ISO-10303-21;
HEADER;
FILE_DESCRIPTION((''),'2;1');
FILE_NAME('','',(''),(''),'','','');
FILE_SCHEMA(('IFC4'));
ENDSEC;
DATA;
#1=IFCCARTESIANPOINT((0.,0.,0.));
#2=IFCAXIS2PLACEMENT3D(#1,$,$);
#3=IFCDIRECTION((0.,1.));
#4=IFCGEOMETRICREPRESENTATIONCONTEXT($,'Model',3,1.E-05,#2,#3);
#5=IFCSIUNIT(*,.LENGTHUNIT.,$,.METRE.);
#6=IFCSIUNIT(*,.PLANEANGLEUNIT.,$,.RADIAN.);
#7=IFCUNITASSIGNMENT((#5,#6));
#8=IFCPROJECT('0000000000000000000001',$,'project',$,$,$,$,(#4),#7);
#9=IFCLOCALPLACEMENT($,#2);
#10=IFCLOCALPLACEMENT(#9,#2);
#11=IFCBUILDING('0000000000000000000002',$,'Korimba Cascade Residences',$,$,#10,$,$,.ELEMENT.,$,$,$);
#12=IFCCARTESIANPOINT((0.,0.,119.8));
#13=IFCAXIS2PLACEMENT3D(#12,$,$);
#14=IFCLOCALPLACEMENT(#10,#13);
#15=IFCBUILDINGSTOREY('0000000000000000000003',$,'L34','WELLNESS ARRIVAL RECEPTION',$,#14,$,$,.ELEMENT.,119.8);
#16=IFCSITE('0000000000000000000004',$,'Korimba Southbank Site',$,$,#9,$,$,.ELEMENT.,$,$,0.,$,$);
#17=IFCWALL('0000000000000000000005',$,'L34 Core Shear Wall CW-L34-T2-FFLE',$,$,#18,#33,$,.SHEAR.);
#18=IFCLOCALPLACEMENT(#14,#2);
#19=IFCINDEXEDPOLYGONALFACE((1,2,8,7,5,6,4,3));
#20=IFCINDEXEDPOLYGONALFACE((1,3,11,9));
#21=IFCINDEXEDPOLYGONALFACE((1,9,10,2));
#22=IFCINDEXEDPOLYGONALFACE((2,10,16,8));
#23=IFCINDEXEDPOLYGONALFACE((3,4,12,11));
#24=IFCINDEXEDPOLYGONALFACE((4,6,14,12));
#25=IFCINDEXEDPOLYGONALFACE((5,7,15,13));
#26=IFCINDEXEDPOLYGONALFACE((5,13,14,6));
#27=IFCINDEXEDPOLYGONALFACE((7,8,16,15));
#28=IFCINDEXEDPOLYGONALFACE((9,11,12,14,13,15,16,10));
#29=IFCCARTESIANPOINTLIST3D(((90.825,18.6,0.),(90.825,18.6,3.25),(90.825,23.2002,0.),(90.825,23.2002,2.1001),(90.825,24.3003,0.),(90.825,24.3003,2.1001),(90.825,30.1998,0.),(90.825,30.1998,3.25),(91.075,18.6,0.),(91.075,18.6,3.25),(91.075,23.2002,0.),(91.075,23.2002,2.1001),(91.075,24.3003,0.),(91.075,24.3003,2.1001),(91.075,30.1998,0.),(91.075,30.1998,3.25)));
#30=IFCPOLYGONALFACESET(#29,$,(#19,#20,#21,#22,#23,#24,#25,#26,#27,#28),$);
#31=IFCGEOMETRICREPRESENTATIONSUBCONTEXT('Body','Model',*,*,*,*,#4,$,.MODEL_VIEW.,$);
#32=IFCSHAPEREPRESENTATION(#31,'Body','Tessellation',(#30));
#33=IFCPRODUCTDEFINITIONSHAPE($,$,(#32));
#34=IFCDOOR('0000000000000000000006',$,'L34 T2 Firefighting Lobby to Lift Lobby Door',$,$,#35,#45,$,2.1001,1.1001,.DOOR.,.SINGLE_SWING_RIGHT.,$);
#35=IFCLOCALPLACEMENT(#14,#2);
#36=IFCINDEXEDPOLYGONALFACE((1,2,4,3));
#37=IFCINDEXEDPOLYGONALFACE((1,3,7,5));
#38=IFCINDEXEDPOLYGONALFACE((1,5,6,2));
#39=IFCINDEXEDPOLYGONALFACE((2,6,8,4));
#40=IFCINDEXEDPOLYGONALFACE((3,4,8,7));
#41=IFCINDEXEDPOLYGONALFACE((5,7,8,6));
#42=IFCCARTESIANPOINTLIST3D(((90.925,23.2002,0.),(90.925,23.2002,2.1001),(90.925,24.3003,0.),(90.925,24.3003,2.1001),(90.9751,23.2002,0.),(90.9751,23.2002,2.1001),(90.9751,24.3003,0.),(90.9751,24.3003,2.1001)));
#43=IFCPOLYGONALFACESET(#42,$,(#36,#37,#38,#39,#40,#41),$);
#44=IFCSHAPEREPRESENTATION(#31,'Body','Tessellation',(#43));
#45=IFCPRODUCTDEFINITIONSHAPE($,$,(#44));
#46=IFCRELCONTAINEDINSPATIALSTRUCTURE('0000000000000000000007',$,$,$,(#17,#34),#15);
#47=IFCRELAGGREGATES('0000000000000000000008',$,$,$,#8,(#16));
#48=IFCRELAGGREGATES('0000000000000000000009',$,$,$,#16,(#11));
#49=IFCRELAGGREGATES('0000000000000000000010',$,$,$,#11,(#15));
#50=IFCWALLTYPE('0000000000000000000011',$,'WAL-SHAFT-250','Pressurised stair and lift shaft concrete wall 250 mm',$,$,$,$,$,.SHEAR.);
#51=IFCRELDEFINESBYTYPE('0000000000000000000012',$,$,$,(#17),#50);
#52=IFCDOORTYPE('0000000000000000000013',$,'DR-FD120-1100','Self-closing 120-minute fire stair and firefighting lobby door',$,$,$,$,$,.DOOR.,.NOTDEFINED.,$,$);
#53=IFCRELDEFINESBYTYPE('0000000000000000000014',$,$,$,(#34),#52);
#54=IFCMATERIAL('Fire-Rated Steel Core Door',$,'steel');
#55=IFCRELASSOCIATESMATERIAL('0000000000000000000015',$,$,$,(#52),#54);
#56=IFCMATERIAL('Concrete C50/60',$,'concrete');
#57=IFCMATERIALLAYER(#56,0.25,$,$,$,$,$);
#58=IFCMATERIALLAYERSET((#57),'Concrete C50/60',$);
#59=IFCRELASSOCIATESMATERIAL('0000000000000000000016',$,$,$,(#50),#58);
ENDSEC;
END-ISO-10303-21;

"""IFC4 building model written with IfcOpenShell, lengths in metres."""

from ifc_helpers import new_model, si_unit, direction, frame, frame_2d, origin, place, context, subcontext, project, spatial, rectangle, extrude, material, layer, layer_set, type_object, element, fill, save


model = new_model("IFC4")

# Units and contexts
model_context = context("Model", 3, precision=1e-05, world=origin(), true_north=direction((0.0, 1.0)))
body_context = subcontext(model_context, "Body", "Model", "MODEL_VIEW")
ifc_project = project(units=[si_unit("LENGTHUNIT", "METRE"), si_unit("PLANEANGLEUNIT", "RADIAN")], contexts=[model_context])

# Site, building, storey
site_placement = place(None, origin())
site = spatial("IfcSite", under=ifc_project, at=site_placement, Name="Korimba Southbank Site", CompositionType="ELEMENT", RefElevation=0.0)
building_placement = place(site_placement, origin())
building = spatial("IfcBuilding", under=site, at=building_placement, Name="Korimba Cascade Residences", CompositionType="ELEMENT")
storey_placement = place(building_placement, frame((0.0, 0.0, 119.8)))
storey = spatial("IfcBuildingStorey", under=building, at=storey_placement, Name="L34", Description="WELLNESS ARRIVAL RECEPTION", CompositionType="ELEMENT", Elevation=119.8)

# Shared definitions
ifc_material_1 = material(Name="Fire-Rated Steel Core Door", Category="steel")
door_type_1 = type_object("IfcDoorType", Name="DR-FD120-1100", Description="Self-closing 120-minute fire stair and firefighting lobby door", OperationType="NOTDEFINED", PredefinedType="DOOR", material=ifc_material_1)

# Shared definitions
ifc_material_2 = material(Name="Concrete C50/60", Category="concrete")
ifc_layer_1 = layer(ifc_material_2, 0.25)
ifc_layer_set_1 = layer_set([ifc_layer_1], Name="Concrete C50/60")
wall_type_1 = type_object("IfcWallType", Name="WAL-SHAFT-250", Description="Pressurised stair and lift shaft concrete wall 250 mm", PredefinedType="SHEAR", material=ifc_layer_set_1)

# Wall, opening, door
wall_1_placement = place(storey_placement, frame((90.95, 18.6001, 0.0), z_axis=(0.0, 0.0, 1.0), x_axis=(0.0, 1.0, 0.0)))
wall_1 = element("IfcWall", 1, at=wall_1_placement, inside=storey, type_object=wall_type_1, Name="L34 Core Shear Wall CW-L34-T2-FFLE", PredefinedType="SHEAR", context=body_context, shape_type="SweptSolid", body=[
    extrude(rectangle(XDim=11.5999, YDim=0.25, at=frame_2d((5.7998, 0.0))), origin(), (0.0, 0.0, 1.0), 3.25),
])
opening_1_placement = place(wall_1_placement, frame((4.6001, 0.0, 0.0)))
opening_1 = element("IfcOpeningElement", 2, at=opening_1_placement, cuts=wall_1, PredefinedType="OPENING", context=body_context, shape_type="SweptSolid", body=[
    extrude(rectangle(XDim=1.1001, YDim=2.1001, at=frame_2d((0.55, 1.05))), frame((0.0, 0.135, 0.0), z_axis=(0.0, -1.0, 0.0), x_axis=(1.0, 0.0, 0.0)), (0.0, 0.0, 1.0), 0.27),
])
door_1_placement = place(opening_1_placement, origin())
door_1 = element("IfcDoor", 3, at=door_1_placement, inside=storey, type_object=door_type_1, Name="L34 T2 Firefighting Lobby to Lift Lobby Door", OperationType="SINGLE_SWING_RIGHT", OverallHeight=2.1001, OverallWidth=1.1001, PredefinedType="DOOR", context=body_context, shape_type="SweptSolid", body=[
    extrude(rectangle(XDim=1.1001, YDim=2.1001, at=frame_2d((0.55, 1.05))), frame((0.0, 0.0249, 0.0), z_axis=(0.0, -1.0, 0.0), x_axis=(1.0, 0.0, 0.0)), (0.0, 0.0, 1.0), 0.05),
])
fill(opening_1, door_1)

save(model, "model.ifc")
